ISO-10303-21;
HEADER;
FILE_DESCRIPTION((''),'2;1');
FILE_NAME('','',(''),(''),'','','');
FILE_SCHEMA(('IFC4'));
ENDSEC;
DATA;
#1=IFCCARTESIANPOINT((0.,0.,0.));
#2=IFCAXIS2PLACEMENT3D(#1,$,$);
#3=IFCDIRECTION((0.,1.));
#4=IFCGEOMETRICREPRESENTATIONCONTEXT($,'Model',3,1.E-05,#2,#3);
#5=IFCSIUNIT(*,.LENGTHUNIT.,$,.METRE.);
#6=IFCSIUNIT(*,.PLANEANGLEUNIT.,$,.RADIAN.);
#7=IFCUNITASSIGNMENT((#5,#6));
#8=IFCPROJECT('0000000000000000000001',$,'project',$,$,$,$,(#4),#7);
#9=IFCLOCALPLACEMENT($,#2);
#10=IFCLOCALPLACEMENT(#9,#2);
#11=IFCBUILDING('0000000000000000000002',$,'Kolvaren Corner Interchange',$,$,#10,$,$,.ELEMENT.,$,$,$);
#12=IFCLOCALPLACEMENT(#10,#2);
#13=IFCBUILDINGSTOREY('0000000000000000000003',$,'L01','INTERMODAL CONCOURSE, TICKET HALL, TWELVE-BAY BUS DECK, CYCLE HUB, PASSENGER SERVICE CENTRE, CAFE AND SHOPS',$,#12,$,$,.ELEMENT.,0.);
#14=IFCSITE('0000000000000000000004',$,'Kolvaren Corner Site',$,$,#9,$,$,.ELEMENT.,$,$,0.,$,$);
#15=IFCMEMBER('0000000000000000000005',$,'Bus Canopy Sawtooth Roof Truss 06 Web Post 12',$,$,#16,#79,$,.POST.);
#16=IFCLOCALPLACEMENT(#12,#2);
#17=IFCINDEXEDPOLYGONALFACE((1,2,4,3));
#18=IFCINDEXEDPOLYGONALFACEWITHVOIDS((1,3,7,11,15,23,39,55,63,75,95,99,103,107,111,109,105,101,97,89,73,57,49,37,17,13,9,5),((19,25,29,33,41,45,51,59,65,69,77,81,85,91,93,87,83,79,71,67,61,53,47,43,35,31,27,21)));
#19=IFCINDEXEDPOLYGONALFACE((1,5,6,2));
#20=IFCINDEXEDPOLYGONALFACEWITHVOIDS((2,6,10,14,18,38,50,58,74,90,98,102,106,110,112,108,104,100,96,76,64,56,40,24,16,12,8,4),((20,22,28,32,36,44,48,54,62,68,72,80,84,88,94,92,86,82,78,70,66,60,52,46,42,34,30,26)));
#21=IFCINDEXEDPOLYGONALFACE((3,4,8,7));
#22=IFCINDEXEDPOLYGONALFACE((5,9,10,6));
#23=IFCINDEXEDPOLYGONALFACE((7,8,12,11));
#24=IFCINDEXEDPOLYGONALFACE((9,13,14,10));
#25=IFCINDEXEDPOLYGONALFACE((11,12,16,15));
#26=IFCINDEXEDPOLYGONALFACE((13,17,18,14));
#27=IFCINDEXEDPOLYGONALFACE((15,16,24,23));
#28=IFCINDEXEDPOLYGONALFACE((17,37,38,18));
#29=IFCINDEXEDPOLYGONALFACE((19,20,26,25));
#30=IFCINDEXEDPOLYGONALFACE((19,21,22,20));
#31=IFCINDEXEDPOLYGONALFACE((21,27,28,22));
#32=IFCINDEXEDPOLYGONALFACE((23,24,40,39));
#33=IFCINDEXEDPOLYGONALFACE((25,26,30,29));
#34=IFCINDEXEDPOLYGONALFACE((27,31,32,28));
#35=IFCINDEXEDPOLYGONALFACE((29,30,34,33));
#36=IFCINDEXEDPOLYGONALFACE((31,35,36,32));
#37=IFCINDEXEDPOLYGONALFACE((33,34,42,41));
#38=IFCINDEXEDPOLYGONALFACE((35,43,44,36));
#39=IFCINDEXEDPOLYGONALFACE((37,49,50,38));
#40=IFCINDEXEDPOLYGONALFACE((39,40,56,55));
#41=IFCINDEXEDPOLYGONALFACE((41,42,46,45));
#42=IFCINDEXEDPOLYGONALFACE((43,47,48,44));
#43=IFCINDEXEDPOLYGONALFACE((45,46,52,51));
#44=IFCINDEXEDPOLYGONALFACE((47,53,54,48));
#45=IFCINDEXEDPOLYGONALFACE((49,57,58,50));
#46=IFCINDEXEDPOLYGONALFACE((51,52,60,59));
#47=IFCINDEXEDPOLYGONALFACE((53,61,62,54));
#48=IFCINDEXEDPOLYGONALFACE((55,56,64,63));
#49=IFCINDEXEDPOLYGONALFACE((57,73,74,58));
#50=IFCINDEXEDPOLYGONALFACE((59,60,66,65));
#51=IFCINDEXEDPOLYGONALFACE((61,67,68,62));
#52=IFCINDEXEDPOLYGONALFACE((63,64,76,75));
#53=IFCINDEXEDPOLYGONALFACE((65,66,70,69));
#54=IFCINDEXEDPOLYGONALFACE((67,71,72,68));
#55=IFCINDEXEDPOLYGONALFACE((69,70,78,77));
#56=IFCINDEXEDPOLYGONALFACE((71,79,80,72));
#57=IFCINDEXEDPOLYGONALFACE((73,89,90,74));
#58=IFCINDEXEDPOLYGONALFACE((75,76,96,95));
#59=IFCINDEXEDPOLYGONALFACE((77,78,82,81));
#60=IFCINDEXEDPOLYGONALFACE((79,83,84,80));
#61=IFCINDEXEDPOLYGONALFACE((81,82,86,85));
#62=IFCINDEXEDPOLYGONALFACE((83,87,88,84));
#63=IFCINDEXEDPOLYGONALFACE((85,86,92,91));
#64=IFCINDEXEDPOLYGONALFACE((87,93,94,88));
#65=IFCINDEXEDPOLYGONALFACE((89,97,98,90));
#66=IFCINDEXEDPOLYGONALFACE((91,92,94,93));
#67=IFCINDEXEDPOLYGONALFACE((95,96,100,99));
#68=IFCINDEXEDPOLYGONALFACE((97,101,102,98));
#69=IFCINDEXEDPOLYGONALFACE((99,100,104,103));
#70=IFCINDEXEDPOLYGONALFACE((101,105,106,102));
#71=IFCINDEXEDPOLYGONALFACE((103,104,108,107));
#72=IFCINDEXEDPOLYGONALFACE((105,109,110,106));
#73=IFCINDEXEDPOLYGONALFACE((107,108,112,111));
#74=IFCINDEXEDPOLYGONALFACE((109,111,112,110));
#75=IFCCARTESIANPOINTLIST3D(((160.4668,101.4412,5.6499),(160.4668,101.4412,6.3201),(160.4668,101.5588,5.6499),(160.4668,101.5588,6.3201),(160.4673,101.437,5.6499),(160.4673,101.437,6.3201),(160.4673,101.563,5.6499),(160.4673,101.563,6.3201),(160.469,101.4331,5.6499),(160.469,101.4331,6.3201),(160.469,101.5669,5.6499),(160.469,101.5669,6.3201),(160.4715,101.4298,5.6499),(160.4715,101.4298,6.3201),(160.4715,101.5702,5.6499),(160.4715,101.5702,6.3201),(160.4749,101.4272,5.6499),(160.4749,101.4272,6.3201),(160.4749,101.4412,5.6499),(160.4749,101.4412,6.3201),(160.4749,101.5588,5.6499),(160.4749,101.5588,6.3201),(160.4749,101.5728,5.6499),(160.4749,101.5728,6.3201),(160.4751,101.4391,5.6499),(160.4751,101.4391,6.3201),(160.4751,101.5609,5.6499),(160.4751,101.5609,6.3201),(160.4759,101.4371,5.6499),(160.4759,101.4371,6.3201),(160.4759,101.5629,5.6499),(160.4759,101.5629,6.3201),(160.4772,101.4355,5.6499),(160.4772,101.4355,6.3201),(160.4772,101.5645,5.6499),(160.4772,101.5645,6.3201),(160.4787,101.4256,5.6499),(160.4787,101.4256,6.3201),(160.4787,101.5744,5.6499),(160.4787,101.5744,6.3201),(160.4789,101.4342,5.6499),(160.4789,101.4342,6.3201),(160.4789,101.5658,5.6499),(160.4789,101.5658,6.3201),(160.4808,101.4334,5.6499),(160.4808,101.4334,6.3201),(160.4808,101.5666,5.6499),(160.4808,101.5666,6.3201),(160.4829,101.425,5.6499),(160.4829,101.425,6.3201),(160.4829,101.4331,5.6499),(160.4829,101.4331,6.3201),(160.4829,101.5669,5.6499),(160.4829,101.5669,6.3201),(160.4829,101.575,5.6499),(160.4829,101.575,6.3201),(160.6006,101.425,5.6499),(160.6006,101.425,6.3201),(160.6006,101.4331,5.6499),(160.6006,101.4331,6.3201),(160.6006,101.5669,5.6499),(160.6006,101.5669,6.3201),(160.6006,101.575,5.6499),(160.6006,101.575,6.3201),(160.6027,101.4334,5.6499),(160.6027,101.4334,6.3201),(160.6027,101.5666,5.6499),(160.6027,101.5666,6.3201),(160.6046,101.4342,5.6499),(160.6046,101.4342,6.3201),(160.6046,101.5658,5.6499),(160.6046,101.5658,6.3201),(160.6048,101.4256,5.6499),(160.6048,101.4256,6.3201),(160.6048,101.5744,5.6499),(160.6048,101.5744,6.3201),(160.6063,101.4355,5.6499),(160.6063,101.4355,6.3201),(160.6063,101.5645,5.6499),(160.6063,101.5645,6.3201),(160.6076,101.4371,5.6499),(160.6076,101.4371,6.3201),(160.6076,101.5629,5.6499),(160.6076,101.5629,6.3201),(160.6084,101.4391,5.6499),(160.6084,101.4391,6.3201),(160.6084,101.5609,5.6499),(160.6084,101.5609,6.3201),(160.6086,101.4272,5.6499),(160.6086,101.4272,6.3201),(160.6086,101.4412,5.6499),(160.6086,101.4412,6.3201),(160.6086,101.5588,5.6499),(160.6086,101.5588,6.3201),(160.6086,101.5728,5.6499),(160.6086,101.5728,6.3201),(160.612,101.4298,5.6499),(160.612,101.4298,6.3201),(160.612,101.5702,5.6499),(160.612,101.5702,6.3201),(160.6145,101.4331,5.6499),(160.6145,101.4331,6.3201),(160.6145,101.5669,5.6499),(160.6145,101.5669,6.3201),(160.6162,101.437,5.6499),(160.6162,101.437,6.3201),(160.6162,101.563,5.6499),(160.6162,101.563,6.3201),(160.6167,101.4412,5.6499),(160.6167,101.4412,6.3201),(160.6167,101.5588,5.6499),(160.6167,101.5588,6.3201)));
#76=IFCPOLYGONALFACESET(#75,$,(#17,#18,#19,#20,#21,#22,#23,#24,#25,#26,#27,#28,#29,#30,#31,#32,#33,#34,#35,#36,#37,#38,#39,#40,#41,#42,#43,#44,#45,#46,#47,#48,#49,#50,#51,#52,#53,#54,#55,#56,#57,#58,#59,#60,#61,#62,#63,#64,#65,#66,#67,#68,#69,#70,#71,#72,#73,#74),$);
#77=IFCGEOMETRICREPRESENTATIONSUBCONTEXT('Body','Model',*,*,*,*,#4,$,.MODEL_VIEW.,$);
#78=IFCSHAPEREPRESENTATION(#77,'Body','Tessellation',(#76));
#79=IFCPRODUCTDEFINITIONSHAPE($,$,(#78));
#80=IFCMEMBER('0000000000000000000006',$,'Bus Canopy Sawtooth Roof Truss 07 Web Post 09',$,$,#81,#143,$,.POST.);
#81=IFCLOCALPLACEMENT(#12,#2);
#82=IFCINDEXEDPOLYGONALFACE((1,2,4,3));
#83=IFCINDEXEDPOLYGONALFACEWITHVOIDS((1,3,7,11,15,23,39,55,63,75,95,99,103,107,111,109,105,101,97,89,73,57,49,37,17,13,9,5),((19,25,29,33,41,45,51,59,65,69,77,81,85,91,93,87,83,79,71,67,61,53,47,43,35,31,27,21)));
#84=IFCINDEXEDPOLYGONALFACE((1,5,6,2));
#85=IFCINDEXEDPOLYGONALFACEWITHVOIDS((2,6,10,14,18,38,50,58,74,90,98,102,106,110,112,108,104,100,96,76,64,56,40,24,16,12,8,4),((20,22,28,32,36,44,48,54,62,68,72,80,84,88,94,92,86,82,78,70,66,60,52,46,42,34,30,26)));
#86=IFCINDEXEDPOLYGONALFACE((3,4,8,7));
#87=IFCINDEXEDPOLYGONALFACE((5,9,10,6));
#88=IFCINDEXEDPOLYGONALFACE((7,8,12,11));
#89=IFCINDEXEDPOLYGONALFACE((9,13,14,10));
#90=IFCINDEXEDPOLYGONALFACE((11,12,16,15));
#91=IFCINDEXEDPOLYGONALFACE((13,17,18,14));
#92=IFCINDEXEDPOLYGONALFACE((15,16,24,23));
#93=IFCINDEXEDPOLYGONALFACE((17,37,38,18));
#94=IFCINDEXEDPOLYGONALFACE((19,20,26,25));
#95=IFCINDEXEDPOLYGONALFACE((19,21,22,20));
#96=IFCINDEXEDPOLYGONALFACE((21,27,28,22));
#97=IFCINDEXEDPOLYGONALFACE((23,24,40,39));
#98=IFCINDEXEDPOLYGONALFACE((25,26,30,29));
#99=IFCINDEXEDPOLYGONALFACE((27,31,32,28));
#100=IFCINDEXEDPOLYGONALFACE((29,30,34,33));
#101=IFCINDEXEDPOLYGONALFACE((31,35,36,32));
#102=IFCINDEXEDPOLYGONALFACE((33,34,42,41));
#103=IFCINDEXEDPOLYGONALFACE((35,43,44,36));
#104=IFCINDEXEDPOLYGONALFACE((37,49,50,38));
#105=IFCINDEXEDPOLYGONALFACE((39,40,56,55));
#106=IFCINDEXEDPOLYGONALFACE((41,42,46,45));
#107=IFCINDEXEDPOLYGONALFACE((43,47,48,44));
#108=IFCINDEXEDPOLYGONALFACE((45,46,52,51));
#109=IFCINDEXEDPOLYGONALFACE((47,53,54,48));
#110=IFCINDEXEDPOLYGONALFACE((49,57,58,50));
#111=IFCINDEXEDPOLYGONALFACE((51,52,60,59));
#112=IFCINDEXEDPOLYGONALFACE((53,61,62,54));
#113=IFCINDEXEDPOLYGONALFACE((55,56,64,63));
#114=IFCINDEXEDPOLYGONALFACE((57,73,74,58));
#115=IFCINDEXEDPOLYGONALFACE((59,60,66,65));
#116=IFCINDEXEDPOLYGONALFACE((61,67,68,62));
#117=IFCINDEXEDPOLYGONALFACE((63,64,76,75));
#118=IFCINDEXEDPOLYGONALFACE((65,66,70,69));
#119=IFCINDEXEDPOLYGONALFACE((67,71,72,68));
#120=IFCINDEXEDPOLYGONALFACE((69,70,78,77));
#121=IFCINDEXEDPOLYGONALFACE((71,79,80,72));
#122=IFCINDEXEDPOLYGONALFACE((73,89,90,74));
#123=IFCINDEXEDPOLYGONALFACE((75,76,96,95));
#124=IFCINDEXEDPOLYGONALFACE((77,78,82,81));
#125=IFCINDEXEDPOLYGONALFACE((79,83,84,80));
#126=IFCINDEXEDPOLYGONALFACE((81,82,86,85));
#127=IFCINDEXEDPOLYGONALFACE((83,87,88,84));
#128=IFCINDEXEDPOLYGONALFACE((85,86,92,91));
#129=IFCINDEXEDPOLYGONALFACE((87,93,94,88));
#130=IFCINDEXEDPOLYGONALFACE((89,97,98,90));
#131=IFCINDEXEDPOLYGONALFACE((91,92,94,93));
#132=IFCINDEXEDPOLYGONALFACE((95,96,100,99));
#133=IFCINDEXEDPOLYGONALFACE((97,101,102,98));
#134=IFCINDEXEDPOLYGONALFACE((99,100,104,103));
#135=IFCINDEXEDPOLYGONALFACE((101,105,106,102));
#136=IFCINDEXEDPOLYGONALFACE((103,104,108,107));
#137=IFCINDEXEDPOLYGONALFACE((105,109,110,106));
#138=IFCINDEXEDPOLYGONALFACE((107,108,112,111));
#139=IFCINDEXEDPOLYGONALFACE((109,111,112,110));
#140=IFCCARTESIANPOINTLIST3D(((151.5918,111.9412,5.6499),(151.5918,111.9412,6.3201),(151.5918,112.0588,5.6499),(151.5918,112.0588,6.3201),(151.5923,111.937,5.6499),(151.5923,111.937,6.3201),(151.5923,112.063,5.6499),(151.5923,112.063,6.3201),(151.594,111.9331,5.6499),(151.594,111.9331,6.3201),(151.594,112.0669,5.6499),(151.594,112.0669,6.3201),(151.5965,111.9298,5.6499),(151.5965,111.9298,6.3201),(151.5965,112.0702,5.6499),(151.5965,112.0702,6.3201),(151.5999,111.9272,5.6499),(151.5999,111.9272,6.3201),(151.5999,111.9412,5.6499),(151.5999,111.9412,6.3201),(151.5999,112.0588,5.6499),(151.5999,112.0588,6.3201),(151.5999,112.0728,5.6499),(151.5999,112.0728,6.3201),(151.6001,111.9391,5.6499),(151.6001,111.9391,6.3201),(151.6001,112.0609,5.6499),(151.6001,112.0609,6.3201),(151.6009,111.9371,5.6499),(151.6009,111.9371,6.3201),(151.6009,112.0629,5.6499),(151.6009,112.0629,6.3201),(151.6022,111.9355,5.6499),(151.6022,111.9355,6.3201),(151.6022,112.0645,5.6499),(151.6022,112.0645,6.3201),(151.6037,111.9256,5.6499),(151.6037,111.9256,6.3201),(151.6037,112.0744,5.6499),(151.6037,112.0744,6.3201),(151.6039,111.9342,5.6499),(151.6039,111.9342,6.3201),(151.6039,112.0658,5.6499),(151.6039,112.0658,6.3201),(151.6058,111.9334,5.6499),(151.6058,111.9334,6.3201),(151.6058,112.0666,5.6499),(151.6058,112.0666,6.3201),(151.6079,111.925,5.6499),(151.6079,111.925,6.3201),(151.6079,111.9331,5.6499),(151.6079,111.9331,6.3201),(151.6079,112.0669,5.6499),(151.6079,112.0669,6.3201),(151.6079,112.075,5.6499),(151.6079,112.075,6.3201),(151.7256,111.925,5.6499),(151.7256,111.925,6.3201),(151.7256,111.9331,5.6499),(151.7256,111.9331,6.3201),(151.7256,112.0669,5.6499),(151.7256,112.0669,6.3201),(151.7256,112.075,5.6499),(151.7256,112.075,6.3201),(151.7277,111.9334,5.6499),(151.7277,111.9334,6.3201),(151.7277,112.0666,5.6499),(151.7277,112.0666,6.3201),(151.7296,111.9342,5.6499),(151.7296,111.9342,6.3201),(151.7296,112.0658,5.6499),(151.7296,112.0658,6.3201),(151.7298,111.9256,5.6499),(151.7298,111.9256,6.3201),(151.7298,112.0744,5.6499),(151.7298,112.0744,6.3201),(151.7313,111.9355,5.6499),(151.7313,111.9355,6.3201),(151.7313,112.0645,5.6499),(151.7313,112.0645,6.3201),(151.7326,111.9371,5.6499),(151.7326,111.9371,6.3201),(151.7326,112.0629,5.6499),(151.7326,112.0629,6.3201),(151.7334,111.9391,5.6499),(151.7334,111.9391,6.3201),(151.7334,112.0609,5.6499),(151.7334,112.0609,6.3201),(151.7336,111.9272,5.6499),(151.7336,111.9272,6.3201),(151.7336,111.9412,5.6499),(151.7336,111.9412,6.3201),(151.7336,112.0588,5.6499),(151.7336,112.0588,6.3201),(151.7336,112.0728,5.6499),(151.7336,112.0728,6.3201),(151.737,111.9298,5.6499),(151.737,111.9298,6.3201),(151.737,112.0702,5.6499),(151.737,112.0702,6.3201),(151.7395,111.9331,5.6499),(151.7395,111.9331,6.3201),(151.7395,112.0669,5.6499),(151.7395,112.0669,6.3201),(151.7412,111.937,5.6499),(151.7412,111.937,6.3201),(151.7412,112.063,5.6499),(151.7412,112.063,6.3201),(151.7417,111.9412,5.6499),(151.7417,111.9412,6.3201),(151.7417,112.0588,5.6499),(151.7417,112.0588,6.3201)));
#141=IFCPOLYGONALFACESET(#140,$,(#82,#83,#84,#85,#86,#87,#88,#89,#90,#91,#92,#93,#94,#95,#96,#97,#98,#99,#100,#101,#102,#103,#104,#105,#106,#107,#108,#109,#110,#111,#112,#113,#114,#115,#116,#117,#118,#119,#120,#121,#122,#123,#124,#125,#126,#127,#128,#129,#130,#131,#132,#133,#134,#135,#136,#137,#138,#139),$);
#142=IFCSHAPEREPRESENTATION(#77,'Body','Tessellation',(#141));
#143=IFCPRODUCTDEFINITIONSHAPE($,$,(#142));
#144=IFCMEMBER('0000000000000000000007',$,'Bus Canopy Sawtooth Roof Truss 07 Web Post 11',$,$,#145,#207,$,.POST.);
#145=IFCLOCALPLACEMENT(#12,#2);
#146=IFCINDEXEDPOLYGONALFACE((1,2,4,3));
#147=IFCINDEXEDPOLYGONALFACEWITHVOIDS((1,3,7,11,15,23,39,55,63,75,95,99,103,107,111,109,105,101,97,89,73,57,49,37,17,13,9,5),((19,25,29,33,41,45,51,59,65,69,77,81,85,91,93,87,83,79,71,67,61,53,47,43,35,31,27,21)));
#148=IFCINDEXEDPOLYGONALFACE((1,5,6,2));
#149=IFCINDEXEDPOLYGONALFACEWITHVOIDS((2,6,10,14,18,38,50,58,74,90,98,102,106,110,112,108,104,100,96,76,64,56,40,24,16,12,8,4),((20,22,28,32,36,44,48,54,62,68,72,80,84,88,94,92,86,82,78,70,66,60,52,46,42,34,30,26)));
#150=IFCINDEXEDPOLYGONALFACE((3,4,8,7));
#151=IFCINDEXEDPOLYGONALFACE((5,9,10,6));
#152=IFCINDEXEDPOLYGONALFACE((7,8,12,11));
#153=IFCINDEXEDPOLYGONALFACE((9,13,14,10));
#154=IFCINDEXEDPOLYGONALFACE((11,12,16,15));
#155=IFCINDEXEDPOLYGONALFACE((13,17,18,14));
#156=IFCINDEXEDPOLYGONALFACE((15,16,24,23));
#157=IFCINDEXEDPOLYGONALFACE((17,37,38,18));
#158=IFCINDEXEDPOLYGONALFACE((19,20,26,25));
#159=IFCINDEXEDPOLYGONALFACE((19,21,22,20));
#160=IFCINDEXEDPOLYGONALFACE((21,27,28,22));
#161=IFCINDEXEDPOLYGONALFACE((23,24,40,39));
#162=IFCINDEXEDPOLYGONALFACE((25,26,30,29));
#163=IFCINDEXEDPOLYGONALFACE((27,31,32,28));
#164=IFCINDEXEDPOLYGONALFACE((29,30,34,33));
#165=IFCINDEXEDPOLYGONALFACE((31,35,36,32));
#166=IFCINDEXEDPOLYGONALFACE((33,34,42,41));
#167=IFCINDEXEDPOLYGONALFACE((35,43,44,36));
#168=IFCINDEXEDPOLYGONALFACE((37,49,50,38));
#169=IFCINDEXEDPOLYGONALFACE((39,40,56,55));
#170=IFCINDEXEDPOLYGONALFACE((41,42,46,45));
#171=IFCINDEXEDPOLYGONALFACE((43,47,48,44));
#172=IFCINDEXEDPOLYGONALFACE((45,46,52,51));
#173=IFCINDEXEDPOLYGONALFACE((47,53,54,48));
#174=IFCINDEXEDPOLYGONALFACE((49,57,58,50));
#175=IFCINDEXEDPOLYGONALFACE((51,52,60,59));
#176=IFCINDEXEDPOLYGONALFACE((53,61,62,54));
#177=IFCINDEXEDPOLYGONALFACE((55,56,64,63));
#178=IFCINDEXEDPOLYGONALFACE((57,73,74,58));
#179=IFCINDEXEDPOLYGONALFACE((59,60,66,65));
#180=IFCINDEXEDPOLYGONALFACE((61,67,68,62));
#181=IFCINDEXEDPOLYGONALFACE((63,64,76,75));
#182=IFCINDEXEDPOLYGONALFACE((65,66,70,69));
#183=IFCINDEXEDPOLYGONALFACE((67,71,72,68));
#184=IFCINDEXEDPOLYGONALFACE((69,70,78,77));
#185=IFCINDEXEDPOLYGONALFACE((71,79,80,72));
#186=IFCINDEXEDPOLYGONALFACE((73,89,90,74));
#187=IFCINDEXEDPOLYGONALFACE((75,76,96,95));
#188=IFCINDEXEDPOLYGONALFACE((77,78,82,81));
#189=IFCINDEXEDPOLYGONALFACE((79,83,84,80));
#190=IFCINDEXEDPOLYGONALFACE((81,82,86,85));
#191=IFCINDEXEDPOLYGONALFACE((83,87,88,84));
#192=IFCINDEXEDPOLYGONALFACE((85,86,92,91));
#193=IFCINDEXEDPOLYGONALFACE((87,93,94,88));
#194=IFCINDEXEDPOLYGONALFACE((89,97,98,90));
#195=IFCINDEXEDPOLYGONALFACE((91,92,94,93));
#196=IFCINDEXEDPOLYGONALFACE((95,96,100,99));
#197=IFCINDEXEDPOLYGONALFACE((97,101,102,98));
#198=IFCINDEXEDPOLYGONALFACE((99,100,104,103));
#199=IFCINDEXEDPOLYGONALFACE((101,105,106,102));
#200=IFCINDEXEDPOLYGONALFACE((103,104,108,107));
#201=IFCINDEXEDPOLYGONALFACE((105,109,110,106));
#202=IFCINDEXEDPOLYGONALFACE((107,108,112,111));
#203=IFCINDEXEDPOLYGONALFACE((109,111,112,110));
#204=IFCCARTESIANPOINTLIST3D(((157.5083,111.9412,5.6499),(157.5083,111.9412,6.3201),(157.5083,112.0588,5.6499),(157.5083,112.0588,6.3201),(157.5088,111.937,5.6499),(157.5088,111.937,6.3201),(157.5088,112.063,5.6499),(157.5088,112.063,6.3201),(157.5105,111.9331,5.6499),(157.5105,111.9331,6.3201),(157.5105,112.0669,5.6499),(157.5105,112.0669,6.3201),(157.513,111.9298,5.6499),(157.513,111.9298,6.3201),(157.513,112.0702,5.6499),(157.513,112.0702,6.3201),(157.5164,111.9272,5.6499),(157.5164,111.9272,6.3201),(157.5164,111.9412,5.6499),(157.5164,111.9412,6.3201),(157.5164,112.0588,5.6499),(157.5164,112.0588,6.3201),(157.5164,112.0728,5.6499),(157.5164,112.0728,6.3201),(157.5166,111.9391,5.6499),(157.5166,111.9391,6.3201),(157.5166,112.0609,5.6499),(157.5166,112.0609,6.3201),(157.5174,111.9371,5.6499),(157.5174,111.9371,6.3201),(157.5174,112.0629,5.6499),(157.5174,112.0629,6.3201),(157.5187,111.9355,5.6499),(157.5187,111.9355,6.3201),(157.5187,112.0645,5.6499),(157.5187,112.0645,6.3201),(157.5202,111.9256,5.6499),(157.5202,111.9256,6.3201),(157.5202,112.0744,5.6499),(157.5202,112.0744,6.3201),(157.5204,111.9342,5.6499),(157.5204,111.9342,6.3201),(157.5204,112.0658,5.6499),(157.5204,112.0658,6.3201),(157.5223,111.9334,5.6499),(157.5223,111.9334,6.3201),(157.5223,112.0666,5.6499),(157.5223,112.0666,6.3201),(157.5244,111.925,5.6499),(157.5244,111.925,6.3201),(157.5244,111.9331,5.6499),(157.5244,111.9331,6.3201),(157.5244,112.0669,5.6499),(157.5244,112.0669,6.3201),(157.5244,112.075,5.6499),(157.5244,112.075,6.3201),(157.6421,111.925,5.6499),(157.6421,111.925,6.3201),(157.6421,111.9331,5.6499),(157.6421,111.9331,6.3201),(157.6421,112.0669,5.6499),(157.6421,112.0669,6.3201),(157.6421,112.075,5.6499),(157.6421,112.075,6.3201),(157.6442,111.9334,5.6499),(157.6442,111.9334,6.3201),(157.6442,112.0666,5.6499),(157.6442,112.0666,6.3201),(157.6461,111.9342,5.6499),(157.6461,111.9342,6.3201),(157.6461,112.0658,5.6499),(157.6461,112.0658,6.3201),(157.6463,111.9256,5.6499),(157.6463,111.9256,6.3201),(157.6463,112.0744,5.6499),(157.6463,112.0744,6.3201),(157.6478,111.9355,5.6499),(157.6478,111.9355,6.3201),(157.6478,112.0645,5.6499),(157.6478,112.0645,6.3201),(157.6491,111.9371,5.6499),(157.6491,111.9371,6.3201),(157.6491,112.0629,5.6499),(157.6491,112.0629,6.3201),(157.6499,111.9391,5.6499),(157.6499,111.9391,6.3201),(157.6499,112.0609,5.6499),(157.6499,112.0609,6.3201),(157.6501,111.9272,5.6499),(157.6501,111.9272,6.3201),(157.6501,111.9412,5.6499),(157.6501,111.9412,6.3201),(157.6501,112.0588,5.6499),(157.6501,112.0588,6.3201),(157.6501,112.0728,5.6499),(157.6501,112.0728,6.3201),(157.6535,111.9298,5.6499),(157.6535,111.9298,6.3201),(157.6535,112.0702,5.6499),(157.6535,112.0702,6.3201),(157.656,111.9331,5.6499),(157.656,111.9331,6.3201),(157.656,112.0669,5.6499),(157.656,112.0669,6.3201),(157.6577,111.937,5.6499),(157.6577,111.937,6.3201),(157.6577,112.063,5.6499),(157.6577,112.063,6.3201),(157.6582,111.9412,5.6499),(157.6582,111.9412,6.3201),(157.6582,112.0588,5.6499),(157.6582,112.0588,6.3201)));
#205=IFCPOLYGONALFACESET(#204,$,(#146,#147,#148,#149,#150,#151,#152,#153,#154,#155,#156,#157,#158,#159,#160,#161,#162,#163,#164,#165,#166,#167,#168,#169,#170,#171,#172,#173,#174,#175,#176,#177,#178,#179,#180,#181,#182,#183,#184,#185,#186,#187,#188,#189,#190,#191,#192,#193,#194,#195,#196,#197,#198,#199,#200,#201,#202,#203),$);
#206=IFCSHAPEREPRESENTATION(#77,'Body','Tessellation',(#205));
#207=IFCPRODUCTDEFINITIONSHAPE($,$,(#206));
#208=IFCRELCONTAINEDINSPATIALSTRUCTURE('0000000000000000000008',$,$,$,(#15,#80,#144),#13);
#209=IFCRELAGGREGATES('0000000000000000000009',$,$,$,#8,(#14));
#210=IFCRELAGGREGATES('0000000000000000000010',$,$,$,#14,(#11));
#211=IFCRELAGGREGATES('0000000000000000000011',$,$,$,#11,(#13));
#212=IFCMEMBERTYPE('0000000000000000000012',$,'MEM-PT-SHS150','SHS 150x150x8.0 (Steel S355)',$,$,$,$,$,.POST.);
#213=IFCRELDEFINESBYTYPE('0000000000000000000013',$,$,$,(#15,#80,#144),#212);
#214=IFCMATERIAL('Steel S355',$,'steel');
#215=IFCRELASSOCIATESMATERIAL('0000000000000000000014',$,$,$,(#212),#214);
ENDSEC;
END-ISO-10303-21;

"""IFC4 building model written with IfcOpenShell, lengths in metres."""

from ifc_helpers import new_model, si_unit, direction, frame, origin, origin_2d, place, context, subcontext, project, spatial, hollow_rectangle, extrude, material, material_profile, profile_set, type_object, element, save


model = new_model("IFC4")

# Units and contexts
model_context = context("Model", 3, precision=1e-05, world=origin(), true_north=direction((0.0, 1.0)))
body_context = subcontext(model_context, "Body", "Model", "MODEL_VIEW")
ifc_project = project(units=[si_unit("LENGTHUNIT", "METRE"), si_unit("PLANEANGLEUNIT", "RADIAN")], contexts=[model_context])

# Site, building, storey
site_placement = place(None, origin())
site = spatial("IfcSite", under=ifc_project, at=site_placement, Name="Kolvaren Corner Site", CompositionType="ELEMENT", RefElevation=0.0)
building_placement = place(site_placement, origin())
building = spatial("IfcBuilding", under=site, at=building_placement, Name="Kolvaren Corner Interchange", CompositionType="ELEMENT")
storey_placement = place(building_placement, origin())
storey = spatial("IfcBuildingStorey", under=building, at=storey_placement, Name="L01", Description="INTERMODAL CONCOURSE, TICKET HALL, TWELVE-BAY BUS DECK, CYCLE HUB, PASSENGER SERVICE CENTRE, CAFE AND SHOPS", CompositionType="ELEMENT", Elevation=0.0)

# Members
ifc_material_1 = material(Name="Steel S355", Category="steel")
ifc_material_profile_1 = material_profile(ifc_material_1, hollow_rectangle(XDim=0.1499, YDim=0.1499, WallThickness=0.0081, InnerFilletRadius=0.0081, OuterFilletRadius=0.0161, at=origin_2d()), Name="SHS 150x150x8.0")
ifc_profile_set_1 = profile_set([ifc_material_profile_1], Name="Steel S355")
member_type_1 = type_object("IfcMemberType", Name="MEM-PT-SHS150", Description="SHS 150x150x8.0 (Steel S355)", PredefinedType="POST", material=ifc_profile_set_1)
for number, where, z_axis, x_axis, name in (
    (1, (160.5417, 101.5, 5.6499), (0.0, 0.0, 1.0), (1.0, 0.0, 0.0), "Bus Canopy Sawtooth Roof Truss 06 Web Post 12"),
    (2, (151.6667, 112.0, 5.6499), (0.0, 0.0, 1.0), (1.0, 0.0, 0.0), "Bus Canopy Sawtooth Roof Truss 07 Web Post 09"),
    (3, (157.5833, 112.0, 5.6499), (0.0, 0.0, 1.0), (1.0, 0.0, 0.0), "Bus Canopy Sawtooth Roof Truss 07 Web Post 11"),
):
    element("IfcMember", number, at=place(storey_placement, frame(where, z_axis=z_axis, x_axis=x_axis)), inside=storey, type_object=member_type_1, Name=name, PredefinedType="POST", context=body_context, shape_type="SweptSolid", body=[
        extrude(hollow_rectangle(XDim=0.1499, YDim=0.1499, WallThickness=0.0081, InnerFilletRadius=0.0081, OuterFilletRadius=0.0161, at=origin_2d()), origin(), (0.0, 0.0, 1.0), 0.6702),
    ])

save(model, "model.ifc")
